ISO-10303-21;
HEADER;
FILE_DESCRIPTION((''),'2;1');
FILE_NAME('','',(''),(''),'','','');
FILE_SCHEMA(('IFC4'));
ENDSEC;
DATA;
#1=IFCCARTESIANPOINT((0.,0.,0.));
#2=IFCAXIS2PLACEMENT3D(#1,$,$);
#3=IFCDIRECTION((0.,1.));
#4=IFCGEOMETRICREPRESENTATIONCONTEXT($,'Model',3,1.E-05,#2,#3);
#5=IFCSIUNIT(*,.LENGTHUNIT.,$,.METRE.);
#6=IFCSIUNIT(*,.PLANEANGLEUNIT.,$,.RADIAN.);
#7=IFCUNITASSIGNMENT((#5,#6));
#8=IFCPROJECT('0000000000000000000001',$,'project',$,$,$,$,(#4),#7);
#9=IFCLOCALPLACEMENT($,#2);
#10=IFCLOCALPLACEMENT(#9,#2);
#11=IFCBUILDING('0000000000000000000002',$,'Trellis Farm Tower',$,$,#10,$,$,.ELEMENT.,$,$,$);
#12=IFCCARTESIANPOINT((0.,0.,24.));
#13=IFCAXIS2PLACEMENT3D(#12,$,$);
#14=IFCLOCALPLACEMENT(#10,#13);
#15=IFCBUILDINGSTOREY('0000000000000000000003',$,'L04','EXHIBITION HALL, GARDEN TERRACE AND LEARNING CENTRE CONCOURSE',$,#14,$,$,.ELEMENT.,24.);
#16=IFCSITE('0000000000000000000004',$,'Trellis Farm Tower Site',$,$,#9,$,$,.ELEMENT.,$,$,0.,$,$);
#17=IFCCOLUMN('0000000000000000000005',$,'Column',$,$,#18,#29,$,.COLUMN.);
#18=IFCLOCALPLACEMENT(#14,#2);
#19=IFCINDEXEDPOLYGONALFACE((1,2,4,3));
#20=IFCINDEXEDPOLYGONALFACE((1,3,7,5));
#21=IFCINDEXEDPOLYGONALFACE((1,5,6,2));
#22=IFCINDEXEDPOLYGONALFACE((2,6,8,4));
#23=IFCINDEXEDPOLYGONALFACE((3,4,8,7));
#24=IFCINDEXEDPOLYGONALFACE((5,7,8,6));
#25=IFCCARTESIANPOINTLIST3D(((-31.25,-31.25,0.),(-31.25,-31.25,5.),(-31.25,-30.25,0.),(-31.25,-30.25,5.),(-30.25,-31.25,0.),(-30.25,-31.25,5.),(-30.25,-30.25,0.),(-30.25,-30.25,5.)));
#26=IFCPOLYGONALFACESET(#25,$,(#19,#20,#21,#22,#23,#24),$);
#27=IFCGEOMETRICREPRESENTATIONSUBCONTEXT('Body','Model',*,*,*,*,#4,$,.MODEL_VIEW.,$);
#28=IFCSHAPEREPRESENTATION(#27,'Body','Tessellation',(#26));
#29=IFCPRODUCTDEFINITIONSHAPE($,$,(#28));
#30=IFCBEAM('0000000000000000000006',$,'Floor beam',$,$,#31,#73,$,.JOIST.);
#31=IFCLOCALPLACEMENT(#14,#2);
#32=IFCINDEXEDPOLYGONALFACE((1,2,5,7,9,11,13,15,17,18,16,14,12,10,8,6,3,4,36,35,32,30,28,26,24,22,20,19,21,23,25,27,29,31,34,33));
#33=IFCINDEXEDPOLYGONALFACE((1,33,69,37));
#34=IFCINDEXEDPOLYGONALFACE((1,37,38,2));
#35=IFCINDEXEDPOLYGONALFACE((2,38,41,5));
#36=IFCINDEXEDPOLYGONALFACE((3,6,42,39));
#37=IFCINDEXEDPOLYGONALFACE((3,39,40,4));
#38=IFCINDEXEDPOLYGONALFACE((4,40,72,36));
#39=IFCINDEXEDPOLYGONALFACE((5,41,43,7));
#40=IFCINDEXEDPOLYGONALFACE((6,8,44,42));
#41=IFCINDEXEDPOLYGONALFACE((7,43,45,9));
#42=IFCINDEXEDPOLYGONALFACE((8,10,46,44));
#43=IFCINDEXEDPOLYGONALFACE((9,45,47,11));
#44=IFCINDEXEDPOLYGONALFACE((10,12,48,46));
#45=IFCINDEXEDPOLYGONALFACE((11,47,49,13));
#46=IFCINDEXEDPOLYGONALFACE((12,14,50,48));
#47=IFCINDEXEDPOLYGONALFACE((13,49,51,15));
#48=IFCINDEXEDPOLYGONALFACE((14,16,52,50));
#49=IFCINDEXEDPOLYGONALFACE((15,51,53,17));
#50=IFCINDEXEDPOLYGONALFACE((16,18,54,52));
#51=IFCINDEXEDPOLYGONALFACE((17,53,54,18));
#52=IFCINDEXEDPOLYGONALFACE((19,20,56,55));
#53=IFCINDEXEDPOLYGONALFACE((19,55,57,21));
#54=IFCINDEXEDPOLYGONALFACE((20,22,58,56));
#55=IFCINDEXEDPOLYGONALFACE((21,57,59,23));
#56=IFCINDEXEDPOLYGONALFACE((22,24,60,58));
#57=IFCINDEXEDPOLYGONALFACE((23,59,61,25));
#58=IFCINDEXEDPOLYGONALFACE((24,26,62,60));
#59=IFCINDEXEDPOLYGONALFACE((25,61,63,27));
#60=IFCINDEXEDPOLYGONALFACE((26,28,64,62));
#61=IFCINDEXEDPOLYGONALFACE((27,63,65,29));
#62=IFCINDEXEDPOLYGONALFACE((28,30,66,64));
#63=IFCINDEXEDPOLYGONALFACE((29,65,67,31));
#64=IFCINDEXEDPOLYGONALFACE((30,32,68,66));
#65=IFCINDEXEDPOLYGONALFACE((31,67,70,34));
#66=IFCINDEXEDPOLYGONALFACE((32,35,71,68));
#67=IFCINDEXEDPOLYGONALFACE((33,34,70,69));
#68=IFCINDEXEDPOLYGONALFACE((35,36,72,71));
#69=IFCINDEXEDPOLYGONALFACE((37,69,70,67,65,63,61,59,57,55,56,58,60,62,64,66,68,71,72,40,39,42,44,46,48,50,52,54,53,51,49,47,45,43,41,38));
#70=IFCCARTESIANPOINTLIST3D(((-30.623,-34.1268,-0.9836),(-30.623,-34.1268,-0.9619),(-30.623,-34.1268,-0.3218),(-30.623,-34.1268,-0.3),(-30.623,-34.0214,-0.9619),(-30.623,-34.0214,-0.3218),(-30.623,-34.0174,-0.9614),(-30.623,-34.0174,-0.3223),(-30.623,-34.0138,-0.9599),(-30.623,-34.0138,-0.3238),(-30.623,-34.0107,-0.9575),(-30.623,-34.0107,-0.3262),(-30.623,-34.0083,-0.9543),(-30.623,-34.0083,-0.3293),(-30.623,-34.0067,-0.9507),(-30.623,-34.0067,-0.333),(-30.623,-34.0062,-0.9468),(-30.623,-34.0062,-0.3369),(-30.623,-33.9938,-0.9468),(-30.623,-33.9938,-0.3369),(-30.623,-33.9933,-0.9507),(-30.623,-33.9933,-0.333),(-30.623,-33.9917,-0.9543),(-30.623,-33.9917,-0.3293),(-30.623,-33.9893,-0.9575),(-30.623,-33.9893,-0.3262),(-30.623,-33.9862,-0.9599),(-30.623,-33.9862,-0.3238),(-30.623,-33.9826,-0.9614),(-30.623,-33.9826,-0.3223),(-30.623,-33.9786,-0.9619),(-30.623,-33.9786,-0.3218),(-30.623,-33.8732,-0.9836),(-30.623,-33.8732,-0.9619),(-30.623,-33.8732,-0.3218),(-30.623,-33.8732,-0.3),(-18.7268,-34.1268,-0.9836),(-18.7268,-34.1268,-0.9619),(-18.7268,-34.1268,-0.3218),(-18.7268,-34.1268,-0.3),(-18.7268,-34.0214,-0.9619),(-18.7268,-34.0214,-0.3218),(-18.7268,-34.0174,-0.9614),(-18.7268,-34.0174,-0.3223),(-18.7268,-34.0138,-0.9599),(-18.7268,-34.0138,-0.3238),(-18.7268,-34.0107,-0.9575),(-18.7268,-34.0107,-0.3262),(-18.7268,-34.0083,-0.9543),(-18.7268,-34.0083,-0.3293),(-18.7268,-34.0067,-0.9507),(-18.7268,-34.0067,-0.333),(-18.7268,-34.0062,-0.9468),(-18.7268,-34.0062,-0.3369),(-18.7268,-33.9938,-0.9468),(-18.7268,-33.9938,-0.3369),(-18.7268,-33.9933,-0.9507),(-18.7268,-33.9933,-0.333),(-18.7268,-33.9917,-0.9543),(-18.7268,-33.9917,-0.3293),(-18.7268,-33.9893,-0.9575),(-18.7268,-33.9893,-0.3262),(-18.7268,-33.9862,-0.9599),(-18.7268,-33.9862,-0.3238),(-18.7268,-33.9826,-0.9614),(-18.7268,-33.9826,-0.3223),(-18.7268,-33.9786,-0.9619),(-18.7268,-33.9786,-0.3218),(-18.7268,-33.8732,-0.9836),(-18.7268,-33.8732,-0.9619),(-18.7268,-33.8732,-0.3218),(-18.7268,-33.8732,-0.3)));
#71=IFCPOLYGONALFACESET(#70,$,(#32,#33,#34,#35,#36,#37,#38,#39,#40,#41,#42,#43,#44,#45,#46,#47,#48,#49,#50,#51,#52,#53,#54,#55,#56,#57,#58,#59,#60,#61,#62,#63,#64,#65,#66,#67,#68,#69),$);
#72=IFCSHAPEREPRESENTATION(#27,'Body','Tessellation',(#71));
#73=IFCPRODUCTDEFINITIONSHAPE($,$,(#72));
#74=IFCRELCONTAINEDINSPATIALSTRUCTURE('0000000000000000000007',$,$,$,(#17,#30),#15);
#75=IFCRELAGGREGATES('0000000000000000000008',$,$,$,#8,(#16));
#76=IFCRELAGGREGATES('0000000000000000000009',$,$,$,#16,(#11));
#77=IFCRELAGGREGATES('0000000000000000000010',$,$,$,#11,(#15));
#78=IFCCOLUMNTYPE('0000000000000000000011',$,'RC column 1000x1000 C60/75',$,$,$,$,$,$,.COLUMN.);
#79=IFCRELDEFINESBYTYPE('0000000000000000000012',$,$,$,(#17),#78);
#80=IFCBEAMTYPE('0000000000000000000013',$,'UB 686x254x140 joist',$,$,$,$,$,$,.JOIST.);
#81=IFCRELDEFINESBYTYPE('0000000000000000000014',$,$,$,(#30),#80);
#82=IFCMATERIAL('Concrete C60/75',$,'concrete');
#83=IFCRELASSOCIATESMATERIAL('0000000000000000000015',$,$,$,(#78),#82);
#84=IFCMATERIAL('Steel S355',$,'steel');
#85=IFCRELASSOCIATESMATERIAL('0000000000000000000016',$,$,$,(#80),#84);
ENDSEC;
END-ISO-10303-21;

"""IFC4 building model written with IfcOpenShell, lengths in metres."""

from ifc_helpers import new_model, si_unit, direction, frame, origin, origin_2d, place, context, subcontext, project, spatial, rectangle, i_section, extrude, source, transform, mapped, material, material_profile, profile_set, type_object, element, save


model = new_model("IFC4")

# Units and contexts
model_context = context("Model", 3, precision=1e-05, world=origin(), true_north=direction((0.0, 1.0)))
body_context = subcontext(model_context, "Body", "Model", "MODEL_VIEW")
ifc_project = project(units=[si_unit("LENGTHUNIT", "METRE"), si_unit("PLANEANGLEUNIT", "RADIAN")], contexts=[model_context])

# Site, building, storey
site_placement = place(None, origin())
site = spatial("IfcSite", under=ifc_project, at=site_placement, Name="Trellis Farm Tower Site", CompositionType="ELEMENT", RefElevation=0.0)
building_placement = place(site_placement, origin())
building = spatial("IfcBuilding", under=site, at=building_placement, Name="Trellis Farm Tower", CompositionType="ELEMENT")
storey_placement = place(building_placement, frame((0.0, 0.0, 24.0)))
storey = spatial("IfcBuildingStorey", under=building, at=storey_placement, Name="L04", Description="EXHIBITION HALL, GARDEN TERRACE AND LEARNING CENTRE CONCOURSE", CompositionType="ELEMENT", Elevation=24.0)

# Column
ifc_material_1 = material(Name="Concrete C60/75", Category="concrete")
ifc_material_profile_1 = material_profile(ifc_material_1, rectangle(XDim=1.0, YDim=1.0, at=origin_2d()), Name="RC column 1000x1000 C60/75")
ifc_profile_set_1 = profile_set([ifc_material_profile_1], Name="Concrete C60/75")
column_type = type_object("IfcColumnType", Name="RC column 1000x1000 C60/75", PredefinedType="COLUMN", material=ifc_profile_set_1)
shared_shape_1 = source(origin(), body_context, "Body", "SweptSolid", [
    extrude(rectangle(XDim=1.0, YDim=1.0, at=origin_2d()), origin(), (0.0, 0.0, 1.0), 5.0),
])
column_placement = place(storey_placement, frame((-30.75, -30.75, 0.0), z_axis=(0.0, 0.0, 1.0), x_axis=(1.0, 0.0, 0.0)))
element("IfcColumn", 1, at=column_placement, inside=storey, type_object=column_type, Name="Column", PredefinedType="COLUMN", context=body_context, shape_type="MappedRepresentation", body=[
    mapped(shared_shape_1, transform((0.0, 0.0, 0.0))),
])

# Beam
ifc_material_2 = material(Name="Steel S355", Category="steel")
ifc_material_profile_2 = material_profile(ifc_material_2, i_section(OverallWidth=0.2537, OverallDepth=0.6836, WebThickness=0.0125, FlangeThickness=0.0217, FilletRadius=0.0151, at=origin_2d()), Name="UB 686x254x140")
ifc_profile_set_2 = profile_set([ifc_material_profile_2], Name="Steel S355")
beam_type = type_object("IfcBeamType", Name="UB 686x254x140 joist", PredefinedType="JOIST", material=ifc_profile_set_2)
shared_shape_2 = source(origin(), body_context, "Body", "SweptSolid", [
    extrude(i_section(OverallWidth=0.2537, OverallDepth=0.6836, WebThickness=0.0125, FlangeThickness=0.0217, FilletRadius=0.0151, at=origin_2d()), origin(), (0.0, 0.0, 1.0), 11.8962),
])
beam_placement = place(storey_placement, frame((-30.623, -34.0, -0.6418), z_axis=(1.0, 0.0, 0.0), x_axis=(0.0, 1.0, 0.0)))
element("IfcBeam", 2, at=beam_placement, inside=storey, type_object=beam_type, Name="Floor beam", PredefinedType="JOIST", context=body_context, shape_type="MappedRepresentation", body=[
    mapped(shared_shape_2, transform((0.0, 0.0, 0.0))),
])

save(model, "model.ifc")
